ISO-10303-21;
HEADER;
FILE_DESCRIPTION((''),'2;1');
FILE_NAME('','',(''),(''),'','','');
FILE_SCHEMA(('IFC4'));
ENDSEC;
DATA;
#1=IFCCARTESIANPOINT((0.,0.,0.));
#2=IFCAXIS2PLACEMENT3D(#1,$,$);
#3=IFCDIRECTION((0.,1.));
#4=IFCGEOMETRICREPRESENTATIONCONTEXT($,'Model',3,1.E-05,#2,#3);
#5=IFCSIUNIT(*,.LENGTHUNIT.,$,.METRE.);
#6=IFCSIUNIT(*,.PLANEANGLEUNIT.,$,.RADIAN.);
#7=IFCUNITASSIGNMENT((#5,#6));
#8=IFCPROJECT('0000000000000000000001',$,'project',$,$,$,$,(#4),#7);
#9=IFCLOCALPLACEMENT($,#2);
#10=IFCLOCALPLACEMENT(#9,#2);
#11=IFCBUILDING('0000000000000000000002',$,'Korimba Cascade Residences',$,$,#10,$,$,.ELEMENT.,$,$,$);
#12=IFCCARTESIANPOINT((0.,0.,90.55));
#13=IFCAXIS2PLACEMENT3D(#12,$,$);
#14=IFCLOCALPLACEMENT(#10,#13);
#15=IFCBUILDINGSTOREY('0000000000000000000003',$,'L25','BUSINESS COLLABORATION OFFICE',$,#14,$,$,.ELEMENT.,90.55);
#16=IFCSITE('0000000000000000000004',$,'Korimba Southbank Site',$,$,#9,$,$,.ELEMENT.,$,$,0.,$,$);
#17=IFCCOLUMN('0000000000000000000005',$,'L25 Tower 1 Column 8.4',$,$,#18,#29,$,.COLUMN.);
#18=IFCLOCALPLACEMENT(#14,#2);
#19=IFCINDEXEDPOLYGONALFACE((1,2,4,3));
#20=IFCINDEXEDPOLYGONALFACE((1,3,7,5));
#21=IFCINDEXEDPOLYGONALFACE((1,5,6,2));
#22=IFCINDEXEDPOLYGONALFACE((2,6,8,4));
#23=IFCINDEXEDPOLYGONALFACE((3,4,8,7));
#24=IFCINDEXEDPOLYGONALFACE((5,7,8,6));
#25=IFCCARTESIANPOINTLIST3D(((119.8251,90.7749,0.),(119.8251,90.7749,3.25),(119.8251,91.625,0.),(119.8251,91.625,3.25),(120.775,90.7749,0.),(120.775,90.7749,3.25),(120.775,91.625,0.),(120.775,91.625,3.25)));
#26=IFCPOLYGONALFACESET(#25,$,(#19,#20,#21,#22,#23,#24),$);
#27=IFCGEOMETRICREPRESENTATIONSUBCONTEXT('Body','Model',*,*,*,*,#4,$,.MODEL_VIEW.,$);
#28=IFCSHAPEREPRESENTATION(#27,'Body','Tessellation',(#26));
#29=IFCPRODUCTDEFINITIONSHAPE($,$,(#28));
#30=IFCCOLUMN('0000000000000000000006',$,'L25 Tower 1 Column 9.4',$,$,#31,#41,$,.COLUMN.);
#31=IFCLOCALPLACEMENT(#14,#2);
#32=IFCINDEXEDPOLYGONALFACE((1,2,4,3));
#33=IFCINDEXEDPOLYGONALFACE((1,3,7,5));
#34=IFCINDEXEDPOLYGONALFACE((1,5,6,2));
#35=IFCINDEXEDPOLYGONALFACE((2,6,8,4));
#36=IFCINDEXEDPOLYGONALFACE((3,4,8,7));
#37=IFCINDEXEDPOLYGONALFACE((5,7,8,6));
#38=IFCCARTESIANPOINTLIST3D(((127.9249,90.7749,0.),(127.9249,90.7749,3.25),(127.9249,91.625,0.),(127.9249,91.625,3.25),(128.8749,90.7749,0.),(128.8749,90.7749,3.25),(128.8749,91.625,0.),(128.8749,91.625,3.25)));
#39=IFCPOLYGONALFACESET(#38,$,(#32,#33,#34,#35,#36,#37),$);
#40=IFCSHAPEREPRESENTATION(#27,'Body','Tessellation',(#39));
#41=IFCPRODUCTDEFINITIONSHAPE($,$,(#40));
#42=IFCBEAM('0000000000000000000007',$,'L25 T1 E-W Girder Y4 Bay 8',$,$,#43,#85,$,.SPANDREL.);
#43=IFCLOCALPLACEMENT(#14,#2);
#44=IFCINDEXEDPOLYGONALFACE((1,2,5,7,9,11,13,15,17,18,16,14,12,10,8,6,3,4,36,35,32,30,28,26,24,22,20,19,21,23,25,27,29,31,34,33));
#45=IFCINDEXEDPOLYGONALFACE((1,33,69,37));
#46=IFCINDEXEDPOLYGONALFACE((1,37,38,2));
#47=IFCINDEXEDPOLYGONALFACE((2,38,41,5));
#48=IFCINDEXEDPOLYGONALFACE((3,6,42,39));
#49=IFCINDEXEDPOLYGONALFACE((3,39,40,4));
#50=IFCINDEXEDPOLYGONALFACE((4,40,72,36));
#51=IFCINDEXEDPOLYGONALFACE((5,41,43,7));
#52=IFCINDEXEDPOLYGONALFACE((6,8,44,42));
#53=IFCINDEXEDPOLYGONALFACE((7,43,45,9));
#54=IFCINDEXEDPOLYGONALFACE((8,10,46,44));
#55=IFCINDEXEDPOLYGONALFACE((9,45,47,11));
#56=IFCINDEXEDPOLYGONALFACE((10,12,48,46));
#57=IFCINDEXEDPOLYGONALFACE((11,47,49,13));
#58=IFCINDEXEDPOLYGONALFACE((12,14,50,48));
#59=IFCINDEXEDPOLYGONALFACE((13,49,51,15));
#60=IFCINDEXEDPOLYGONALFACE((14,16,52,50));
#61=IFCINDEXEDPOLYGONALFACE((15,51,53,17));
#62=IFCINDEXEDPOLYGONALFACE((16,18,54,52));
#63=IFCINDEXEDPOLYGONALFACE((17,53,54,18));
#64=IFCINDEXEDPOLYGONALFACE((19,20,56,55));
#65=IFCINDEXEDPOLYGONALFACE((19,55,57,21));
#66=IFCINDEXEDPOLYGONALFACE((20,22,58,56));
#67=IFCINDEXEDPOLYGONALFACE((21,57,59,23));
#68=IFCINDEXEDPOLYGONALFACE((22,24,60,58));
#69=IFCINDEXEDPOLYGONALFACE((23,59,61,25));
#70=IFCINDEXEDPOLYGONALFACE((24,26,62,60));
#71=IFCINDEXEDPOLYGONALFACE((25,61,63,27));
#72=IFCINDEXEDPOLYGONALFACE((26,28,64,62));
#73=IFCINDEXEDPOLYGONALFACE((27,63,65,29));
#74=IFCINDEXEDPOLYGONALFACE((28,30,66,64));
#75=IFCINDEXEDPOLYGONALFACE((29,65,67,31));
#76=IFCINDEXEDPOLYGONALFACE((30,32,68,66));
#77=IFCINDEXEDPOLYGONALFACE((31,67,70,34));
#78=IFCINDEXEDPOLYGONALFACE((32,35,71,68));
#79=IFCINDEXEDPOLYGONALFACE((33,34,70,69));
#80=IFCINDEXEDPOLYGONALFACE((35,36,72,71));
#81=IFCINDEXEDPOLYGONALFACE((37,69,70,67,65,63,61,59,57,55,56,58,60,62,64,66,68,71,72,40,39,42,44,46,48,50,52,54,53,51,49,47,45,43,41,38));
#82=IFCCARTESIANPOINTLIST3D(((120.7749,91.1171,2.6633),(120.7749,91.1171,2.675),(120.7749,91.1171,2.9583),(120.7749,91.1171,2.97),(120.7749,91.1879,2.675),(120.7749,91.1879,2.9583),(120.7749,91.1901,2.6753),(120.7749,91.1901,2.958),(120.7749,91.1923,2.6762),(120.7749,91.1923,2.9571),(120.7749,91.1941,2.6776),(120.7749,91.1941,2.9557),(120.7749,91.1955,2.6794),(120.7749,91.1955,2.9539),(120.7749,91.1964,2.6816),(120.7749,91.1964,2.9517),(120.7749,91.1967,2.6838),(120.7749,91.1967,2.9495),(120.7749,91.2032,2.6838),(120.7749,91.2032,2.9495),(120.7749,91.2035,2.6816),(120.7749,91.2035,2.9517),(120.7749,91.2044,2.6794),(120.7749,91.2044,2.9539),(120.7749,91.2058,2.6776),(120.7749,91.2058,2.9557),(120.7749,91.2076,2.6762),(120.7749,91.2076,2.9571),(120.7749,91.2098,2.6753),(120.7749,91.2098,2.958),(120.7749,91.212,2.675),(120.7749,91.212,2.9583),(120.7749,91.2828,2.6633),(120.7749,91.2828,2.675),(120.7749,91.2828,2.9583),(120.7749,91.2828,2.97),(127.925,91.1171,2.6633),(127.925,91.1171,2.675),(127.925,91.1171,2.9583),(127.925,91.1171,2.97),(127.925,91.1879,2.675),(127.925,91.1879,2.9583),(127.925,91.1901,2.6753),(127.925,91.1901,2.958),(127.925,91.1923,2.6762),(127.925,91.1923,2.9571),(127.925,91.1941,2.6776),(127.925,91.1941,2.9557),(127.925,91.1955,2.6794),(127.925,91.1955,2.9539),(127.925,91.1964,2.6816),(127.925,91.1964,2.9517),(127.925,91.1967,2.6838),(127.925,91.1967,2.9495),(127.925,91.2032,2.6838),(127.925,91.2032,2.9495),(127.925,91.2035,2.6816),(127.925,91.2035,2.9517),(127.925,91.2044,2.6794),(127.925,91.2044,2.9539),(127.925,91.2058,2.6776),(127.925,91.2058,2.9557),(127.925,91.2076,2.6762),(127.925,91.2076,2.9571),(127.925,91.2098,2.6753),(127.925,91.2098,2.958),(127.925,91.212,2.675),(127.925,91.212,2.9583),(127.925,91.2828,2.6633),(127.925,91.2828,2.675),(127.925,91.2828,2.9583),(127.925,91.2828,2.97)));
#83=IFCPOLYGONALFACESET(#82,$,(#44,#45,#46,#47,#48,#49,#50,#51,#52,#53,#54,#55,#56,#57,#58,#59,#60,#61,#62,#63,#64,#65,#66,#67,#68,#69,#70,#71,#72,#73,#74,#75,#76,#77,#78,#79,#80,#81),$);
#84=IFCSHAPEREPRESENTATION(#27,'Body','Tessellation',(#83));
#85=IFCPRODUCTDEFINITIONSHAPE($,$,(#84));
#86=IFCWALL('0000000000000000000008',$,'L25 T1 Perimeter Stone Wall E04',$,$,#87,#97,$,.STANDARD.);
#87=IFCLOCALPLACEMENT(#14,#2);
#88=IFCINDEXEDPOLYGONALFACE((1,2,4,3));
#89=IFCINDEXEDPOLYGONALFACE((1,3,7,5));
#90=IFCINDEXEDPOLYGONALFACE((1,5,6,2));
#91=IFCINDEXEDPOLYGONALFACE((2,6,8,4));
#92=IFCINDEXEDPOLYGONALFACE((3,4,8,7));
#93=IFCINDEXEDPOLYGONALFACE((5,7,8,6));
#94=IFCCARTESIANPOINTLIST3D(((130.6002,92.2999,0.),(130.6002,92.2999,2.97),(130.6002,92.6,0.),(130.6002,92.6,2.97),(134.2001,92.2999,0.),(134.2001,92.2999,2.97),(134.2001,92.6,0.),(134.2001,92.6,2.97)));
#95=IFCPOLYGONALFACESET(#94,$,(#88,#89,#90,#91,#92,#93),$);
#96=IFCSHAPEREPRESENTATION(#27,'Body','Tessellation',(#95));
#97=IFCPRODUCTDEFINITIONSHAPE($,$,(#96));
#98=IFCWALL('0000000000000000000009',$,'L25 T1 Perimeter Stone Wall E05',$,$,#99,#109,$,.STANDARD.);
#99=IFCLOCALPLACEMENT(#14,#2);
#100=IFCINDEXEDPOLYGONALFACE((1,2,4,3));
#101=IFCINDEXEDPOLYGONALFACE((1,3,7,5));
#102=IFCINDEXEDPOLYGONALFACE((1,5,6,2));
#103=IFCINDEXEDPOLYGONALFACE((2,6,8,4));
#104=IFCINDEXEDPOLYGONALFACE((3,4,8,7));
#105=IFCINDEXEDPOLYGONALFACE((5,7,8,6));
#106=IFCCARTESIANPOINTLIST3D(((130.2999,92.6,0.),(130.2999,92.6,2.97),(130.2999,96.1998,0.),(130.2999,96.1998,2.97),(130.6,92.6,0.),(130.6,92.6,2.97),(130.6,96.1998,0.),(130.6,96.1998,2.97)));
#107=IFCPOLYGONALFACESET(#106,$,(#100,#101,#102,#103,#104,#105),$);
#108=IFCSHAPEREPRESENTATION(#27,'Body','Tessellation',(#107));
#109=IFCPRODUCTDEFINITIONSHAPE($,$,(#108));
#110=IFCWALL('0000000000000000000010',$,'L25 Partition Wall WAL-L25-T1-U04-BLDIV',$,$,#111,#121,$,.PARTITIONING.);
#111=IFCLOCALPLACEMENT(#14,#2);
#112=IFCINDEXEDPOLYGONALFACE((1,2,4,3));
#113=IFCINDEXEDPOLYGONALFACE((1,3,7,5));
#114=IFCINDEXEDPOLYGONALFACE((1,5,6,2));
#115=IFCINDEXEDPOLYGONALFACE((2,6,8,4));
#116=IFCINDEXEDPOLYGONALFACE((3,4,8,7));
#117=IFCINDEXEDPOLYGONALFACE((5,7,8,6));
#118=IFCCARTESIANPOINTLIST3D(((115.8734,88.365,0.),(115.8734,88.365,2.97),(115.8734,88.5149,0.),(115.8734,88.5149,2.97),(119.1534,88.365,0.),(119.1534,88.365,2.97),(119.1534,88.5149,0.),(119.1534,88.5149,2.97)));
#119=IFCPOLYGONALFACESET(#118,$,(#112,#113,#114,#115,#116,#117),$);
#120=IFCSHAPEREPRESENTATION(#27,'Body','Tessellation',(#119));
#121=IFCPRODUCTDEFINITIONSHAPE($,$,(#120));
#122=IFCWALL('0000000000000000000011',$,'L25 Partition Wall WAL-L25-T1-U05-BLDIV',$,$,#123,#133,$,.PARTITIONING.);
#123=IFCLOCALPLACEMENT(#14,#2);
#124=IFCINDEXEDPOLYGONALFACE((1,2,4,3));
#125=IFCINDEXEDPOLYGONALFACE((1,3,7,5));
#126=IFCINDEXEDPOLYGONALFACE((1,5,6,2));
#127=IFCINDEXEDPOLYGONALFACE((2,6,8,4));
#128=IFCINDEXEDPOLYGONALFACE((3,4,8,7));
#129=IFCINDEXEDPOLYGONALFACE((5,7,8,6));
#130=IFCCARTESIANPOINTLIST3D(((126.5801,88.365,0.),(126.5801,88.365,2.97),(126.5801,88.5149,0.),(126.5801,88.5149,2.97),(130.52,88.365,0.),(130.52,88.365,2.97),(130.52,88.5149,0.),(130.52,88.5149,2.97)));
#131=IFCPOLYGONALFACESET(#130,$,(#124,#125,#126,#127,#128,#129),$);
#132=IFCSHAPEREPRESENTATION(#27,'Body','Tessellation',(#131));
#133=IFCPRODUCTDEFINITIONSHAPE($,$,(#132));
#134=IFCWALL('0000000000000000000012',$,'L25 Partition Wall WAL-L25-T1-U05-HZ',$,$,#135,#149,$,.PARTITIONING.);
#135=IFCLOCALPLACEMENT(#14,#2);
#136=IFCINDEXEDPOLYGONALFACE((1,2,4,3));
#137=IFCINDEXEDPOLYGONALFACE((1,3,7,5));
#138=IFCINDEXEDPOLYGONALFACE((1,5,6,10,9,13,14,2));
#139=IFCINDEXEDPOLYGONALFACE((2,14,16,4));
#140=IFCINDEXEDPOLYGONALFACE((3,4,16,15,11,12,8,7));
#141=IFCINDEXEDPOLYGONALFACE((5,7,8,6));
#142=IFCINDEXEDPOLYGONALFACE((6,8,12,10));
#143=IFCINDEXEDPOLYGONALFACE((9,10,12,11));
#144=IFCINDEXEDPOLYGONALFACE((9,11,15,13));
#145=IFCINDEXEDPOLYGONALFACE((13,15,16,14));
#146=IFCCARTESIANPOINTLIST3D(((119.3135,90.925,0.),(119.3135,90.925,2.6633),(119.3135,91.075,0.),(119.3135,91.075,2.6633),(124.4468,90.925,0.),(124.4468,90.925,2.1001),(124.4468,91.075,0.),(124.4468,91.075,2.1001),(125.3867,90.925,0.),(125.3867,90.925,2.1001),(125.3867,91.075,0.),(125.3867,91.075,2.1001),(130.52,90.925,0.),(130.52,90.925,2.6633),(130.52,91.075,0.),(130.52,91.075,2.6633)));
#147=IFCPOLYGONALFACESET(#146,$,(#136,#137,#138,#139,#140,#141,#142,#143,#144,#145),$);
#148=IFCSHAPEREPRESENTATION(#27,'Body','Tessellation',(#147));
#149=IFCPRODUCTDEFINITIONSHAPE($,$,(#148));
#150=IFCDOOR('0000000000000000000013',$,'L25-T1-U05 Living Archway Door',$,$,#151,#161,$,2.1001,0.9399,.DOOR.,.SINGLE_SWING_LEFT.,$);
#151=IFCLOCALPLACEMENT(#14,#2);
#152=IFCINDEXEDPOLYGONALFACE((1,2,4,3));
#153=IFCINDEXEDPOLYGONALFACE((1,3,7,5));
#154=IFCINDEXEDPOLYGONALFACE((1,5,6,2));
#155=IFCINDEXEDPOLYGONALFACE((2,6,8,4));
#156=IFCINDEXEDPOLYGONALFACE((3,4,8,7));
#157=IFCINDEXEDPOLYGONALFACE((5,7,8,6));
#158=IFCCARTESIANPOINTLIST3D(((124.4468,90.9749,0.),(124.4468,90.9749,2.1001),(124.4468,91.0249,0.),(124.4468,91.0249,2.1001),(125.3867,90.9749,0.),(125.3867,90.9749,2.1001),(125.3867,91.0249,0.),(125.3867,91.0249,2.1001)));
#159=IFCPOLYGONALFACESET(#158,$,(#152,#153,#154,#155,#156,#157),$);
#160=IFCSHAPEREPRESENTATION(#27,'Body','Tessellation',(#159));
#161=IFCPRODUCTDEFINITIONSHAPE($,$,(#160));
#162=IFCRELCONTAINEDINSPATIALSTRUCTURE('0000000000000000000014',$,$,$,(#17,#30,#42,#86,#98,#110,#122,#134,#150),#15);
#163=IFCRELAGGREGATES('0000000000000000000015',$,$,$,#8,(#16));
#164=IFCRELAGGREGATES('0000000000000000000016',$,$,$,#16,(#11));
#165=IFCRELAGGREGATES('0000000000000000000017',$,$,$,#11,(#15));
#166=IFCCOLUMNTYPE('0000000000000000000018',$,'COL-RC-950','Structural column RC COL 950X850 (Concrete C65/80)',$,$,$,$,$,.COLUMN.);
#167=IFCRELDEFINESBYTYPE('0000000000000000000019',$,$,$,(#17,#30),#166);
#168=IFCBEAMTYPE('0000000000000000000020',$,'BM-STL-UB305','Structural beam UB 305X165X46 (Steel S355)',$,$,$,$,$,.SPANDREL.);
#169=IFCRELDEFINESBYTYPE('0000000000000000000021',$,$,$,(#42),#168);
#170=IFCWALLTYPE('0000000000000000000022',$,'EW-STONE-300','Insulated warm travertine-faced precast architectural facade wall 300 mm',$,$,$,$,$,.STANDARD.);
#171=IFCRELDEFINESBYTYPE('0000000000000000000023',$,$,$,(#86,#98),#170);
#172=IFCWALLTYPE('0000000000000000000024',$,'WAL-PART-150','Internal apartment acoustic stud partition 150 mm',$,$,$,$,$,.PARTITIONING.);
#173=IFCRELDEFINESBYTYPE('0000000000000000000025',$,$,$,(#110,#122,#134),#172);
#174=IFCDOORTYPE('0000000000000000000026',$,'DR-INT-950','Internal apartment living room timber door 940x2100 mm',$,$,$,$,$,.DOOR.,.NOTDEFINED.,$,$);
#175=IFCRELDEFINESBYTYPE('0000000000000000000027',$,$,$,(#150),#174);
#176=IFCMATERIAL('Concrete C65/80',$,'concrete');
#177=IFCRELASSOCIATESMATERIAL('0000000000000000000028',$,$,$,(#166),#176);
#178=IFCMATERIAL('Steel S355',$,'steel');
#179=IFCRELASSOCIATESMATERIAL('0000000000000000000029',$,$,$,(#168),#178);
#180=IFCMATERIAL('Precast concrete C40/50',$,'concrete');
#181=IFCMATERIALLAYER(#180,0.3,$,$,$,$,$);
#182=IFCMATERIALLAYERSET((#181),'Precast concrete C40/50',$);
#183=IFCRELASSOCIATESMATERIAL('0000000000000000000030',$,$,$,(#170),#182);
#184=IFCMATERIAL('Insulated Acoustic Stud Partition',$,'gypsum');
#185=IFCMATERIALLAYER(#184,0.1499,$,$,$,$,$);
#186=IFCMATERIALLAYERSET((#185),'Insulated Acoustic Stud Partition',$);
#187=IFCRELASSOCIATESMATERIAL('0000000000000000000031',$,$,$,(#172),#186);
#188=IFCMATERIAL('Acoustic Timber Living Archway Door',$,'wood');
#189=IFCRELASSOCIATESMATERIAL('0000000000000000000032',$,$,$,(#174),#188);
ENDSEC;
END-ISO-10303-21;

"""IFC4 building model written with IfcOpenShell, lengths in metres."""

from ifc_helpers import new_model, si_unit, direction, frame, frame_2d, origin, origin_2d, place, context, subcontext, project, spatial, rectangle, i_section, extrude, material, layer, layer_set, material_profile, profile_set, type_object, element, fill, save


model = new_model("IFC4")

# Units and contexts
model_context = context("Model", 3, precision=1e-05, world=origin(), true_north=direction((0.0, 1.0)))
body_context = subcontext(model_context, "Body", "Model", "MODEL_VIEW")
ifc_project = project(units=[si_unit("LENGTHUNIT", "METRE"), si_unit("PLANEANGLEUNIT", "RADIAN")], contexts=[model_context])

# Site, building, storey
site_placement = place(None, origin())
site = spatial("IfcSite", under=ifc_project, at=site_placement, Name="Korimba Southbank Site", CompositionType="ELEMENT", RefElevation=0.0)
building_placement = place(site_placement, origin())
building = spatial("IfcBuilding", under=site, at=building_placement, Name="Korimba Cascade Residences", CompositionType="ELEMENT")
storey_placement = place(building_placement, frame((0.0, 0.0, 90.55)))
storey = spatial("IfcBuildingStorey", under=building, at=storey_placement, Name="L25", Description="BUSINESS COLLABORATION OFFICE", CompositionType="ELEMENT", Elevation=90.55)

# Columns
ifc_material_1 = material(Name="Concrete C65/80", Category="concrete")
ifc_material_profile_1 = material_profile(ifc_material_1, rectangle(XDim=0.95, YDim=0.8501, at=origin_2d()), Name="Concrete C65/80")
ifc_profile_set_1 = profile_set([ifc_material_profile_1], Name="Concrete C65/80")
column_type = type_object("IfcColumnType", Name="COL-RC-950", Description="Structural column RC COL 950X850 (Concrete C65/80)", PredefinedType="COLUMN", material=ifc_profile_set_1)
for number, where, z_axis, x_axis, name in (
    (1, (120.3, 91.2, 0.0), (0.0, 0.0, 1.0), (1.0, 0.0, 0.0), "L25 Tower 1 Column 8.4"),
    (2, (128.3999, 91.2, 0.0), (0.0, 0.0, 1.0), (1.0, 0.0, 0.0), "L25 Tower 1 Column 9.4"),
):
    element("IfcColumn", number, at=place(storey_placement, frame(where, z_axis=z_axis, x_axis=x_axis)), inside=storey, type_object=column_type, Name=name, PredefinedType="COLUMN", context=body_context, shape_type="SweptSolid", body=[
        extrude(rectangle(XDim=0.95, YDim=0.8501, at=origin_2d()), origin(), (0.0, 0.0, 1.0), 3.25),
    ])

# Beam
ifc_material_2 = material(Name="Steel S355", Category="steel")
ifc_material_profile_2 = material_profile(ifc_material_2, i_section(OverallWidth=0.1658, OverallDepth=0.3066, WebThickness=0.0066, FlangeThickness=0.0117, FilletRadius=0.0088, at=origin_2d()), Name="Steel S355")
ifc_profile_set_2 = profile_set([ifc_material_profile_2], Name="Steel S355")
beam_type = type_object("IfcBeamType", Name="BM-STL-UB305", Description="Structural beam UB 305X165X46 (Steel S355)", PredefinedType="SPANDREL", material=ifc_profile_set_2)
beam_placement = place(storey_placement, frame((120.7749, 91.2, 2.8167), z_axis=(1.0, 0.0, 0.0), x_axis=(0.0, 1.0, 0.0)))
element("IfcBeam", 3, at=beam_placement, inside=storey, type_object=beam_type, Name="L25 T1 E-W Girder Y4 Bay 8", PredefinedType="SPANDREL", context=body_context, shape_type="SweptSolid", body=[
    extrude(i_section(OverallWidth=0.1658, OverallDepth=0.3066, WebThickness=0.0066, FlangeThickness=0.0117, FilletRadius=0.0088, at=origin_2d()), origin(), (0.0, 0.0, 1.0), 7.1501),
])

# Shared definitions
ifc_material_3 = material(Name="Precast concrete C40/50", Category="concrete")

# Walls
ifc_layer_1 = layer(ifc_material_3, 0.3)
ifc_layer_set_1 = layer_set([ifc_layer_1], Name="Precast concrete C40/50")
wall_type_1 = type_object("IfcWallType", Name="EW-STONE-300", Description="Insulated warm travertine-faced precast architectural facade wall 300 mm", PredefinedType="STANDARD", material=ifc_layer_set_1)
for number, where, z_axis, x_axis, name in (
    (4, (134.2, 92.45, 0.0), (0.0, 0.0, 1.0), (-1.0, 0.0, 0.0), "L25 T1 Perimeter Stone Wall E04"),
    (5, (130.45, 92.6001, 0.0), (0.0, 0.0, 1.0), (0.0, 1.0, 0.0), "L25 T1 Perimeter Stone Wall E05"),
):
    element("IfcWall", number, at=place(storey_placement, frame(where, z_axis=z_axis, x_axis=x_axis)), inside=storey, type_object=wall_type_1, Name=name, PredefinedType="STANDARD", context=body_context, shape_type="SweptSolid", body=[
        extrude(rectangle(XDim=3.5999, YDim=0.3, at=frame_2d((1.7998, 0.0))), origin(), (0.0, 0.0, 1.0), 2.97),
    ])
ifc_material_4 = material(Name="Insulated Acoustic Stud Partition", Category="gypsum")
ifc_layer_2 = layer(ifc_material_4, 0.1499)
ifc_layer_set_2 = layer_set([ifc_layer_2], Name="Insulated Acoustic Stud Partition")
wall_type_2 = type_object("IfcWallType", Name="WAL-PART-150", Description="Internal apartment acoustic stud partition 150 mm", PredefinedType="PARTITIONING", material=ifc_layer_set_2)
wall_1_placement = place(storey_placement, frame((115.8733, 88.4399, 0.0), z_axis=(0.0, 0.0, 1.0), x_axis=(1.0, 0.0, 0.0)))
element("IfcWall", 6, at=wall_1_placement, inside=storey, type_object=wall_type_2, Name="L25 Partition Wall WAL-L25-T1-U04-BLDIV", PredefinedType="PARTITIONING", context=body_context, shape_type="SweptSolid", body=[
    extrude(rectangle(XDim=3.28, YDim=0.1499, at=frame_2d((1.6401, 0.0))), origin(), (0.0, 0.0, 1.0), 2.97),
])
wall_2_placement = place(storey_placement, frame((126.5801, 88.4399, 0.0), z_axis=(0.0, 0.0, 1.0), x_axis=(1.0, 0.0, 0.0)))
element("IfcWall", 7, at=wall_2_placement, inside=storey, type_object=wall_type_2, Name="L25 Partition Wall WAL-L25-T1-U05-BLDIV", PredefinedType="PARTITIONING", context=body_context, shape_type="SweptSolid", body=[
    extrude(rectangle(XDim=3.9399, YDim=0.1499, at=frame_2d((1.97, 0.0))), origin(), (0.0, 0.0, 1.0), 2.97),
])

# Wall, opening, door
wall_3_placement = place(storey_placement, frame((119.3135, 91.0, 0.0), z_axis=(0.0, 0.0, 1.0), x_axis=(1.0, 0.0, 0.0)))
wall_3 = element("IfcWall", 8, at=wall_3_placement, inside=storey, type_object=wall_type_2, Name="L25 Partition Wall WAL-L25-T1-U05-HZ", PredefinedType="PARTITIONING", context=body_context, shape_type="SweptSolid", body=[
    extrude(rectangle(XDim=11.2065, YDim=0.1499, at=frame_2d((5.6033, 0.0))), origin(), (0.0, 0.0, 1.0), 2.6633),
])
opening_1_placement = place(wall_3_placement, frame((5.1333, 0.0, 0.0)))
opening_1 = element("IfcOpeningElement", 9, at=opening_1_placement, cuts=wall_3, PredefinedType="OPENING", context=body_context, shape_type="SweptSolid", body=[
    extrude(rectangle(XDim=0.9399, YDim=2.1001, at=frame_2d((0.47, 1.05))), frame((0.0, 0.085, 0.0), z_axis=(0.0, -1.0, 0.0), x_axis=(1.0, 0.0, 0.0)), (0.0, 0.0, 1.0), 0.1699),
])
ifc_material_5 = material(Name="Acoustic Timber Living Archway Door", Category="wood")
door_type_1 = type_object("IfcDoorType", Name="DR-INT-950", Description="Internal apartment living room timber door 940x2100 mm", OperationType="NOTDEFINED", PredefinedType="DOOR", material=ifc_material_5)
door_1_placement = place(opening_1_placement, origin())
door_1 = element("IfcDoor", 10, at=door_1_placement, inside=storey, type_object=door_type_1, Name="L25-T1-U05 Living Archway Door", OperationType="SINGLE_SWING_LEFT", OverallHeight=2.1001, OverallWidth=0.9399, PredefinedType="DOOR", context=body_context, shape_type="SweptSolid", body=[
    extrude(rectangle(XDim=0.9399, YDim=2.1001, at=frame_2d((0.47, 1.05))), frame((0.0, 0.0249, 0.0), z_axis=(0.0, -1.0, 0.0), x_axis=(1.0, 0.0, 0.0)), (0.0, 0.0, 1.0), 0.05),
])
fill(opening_1, door_1)

save(model, "model.ifc")
